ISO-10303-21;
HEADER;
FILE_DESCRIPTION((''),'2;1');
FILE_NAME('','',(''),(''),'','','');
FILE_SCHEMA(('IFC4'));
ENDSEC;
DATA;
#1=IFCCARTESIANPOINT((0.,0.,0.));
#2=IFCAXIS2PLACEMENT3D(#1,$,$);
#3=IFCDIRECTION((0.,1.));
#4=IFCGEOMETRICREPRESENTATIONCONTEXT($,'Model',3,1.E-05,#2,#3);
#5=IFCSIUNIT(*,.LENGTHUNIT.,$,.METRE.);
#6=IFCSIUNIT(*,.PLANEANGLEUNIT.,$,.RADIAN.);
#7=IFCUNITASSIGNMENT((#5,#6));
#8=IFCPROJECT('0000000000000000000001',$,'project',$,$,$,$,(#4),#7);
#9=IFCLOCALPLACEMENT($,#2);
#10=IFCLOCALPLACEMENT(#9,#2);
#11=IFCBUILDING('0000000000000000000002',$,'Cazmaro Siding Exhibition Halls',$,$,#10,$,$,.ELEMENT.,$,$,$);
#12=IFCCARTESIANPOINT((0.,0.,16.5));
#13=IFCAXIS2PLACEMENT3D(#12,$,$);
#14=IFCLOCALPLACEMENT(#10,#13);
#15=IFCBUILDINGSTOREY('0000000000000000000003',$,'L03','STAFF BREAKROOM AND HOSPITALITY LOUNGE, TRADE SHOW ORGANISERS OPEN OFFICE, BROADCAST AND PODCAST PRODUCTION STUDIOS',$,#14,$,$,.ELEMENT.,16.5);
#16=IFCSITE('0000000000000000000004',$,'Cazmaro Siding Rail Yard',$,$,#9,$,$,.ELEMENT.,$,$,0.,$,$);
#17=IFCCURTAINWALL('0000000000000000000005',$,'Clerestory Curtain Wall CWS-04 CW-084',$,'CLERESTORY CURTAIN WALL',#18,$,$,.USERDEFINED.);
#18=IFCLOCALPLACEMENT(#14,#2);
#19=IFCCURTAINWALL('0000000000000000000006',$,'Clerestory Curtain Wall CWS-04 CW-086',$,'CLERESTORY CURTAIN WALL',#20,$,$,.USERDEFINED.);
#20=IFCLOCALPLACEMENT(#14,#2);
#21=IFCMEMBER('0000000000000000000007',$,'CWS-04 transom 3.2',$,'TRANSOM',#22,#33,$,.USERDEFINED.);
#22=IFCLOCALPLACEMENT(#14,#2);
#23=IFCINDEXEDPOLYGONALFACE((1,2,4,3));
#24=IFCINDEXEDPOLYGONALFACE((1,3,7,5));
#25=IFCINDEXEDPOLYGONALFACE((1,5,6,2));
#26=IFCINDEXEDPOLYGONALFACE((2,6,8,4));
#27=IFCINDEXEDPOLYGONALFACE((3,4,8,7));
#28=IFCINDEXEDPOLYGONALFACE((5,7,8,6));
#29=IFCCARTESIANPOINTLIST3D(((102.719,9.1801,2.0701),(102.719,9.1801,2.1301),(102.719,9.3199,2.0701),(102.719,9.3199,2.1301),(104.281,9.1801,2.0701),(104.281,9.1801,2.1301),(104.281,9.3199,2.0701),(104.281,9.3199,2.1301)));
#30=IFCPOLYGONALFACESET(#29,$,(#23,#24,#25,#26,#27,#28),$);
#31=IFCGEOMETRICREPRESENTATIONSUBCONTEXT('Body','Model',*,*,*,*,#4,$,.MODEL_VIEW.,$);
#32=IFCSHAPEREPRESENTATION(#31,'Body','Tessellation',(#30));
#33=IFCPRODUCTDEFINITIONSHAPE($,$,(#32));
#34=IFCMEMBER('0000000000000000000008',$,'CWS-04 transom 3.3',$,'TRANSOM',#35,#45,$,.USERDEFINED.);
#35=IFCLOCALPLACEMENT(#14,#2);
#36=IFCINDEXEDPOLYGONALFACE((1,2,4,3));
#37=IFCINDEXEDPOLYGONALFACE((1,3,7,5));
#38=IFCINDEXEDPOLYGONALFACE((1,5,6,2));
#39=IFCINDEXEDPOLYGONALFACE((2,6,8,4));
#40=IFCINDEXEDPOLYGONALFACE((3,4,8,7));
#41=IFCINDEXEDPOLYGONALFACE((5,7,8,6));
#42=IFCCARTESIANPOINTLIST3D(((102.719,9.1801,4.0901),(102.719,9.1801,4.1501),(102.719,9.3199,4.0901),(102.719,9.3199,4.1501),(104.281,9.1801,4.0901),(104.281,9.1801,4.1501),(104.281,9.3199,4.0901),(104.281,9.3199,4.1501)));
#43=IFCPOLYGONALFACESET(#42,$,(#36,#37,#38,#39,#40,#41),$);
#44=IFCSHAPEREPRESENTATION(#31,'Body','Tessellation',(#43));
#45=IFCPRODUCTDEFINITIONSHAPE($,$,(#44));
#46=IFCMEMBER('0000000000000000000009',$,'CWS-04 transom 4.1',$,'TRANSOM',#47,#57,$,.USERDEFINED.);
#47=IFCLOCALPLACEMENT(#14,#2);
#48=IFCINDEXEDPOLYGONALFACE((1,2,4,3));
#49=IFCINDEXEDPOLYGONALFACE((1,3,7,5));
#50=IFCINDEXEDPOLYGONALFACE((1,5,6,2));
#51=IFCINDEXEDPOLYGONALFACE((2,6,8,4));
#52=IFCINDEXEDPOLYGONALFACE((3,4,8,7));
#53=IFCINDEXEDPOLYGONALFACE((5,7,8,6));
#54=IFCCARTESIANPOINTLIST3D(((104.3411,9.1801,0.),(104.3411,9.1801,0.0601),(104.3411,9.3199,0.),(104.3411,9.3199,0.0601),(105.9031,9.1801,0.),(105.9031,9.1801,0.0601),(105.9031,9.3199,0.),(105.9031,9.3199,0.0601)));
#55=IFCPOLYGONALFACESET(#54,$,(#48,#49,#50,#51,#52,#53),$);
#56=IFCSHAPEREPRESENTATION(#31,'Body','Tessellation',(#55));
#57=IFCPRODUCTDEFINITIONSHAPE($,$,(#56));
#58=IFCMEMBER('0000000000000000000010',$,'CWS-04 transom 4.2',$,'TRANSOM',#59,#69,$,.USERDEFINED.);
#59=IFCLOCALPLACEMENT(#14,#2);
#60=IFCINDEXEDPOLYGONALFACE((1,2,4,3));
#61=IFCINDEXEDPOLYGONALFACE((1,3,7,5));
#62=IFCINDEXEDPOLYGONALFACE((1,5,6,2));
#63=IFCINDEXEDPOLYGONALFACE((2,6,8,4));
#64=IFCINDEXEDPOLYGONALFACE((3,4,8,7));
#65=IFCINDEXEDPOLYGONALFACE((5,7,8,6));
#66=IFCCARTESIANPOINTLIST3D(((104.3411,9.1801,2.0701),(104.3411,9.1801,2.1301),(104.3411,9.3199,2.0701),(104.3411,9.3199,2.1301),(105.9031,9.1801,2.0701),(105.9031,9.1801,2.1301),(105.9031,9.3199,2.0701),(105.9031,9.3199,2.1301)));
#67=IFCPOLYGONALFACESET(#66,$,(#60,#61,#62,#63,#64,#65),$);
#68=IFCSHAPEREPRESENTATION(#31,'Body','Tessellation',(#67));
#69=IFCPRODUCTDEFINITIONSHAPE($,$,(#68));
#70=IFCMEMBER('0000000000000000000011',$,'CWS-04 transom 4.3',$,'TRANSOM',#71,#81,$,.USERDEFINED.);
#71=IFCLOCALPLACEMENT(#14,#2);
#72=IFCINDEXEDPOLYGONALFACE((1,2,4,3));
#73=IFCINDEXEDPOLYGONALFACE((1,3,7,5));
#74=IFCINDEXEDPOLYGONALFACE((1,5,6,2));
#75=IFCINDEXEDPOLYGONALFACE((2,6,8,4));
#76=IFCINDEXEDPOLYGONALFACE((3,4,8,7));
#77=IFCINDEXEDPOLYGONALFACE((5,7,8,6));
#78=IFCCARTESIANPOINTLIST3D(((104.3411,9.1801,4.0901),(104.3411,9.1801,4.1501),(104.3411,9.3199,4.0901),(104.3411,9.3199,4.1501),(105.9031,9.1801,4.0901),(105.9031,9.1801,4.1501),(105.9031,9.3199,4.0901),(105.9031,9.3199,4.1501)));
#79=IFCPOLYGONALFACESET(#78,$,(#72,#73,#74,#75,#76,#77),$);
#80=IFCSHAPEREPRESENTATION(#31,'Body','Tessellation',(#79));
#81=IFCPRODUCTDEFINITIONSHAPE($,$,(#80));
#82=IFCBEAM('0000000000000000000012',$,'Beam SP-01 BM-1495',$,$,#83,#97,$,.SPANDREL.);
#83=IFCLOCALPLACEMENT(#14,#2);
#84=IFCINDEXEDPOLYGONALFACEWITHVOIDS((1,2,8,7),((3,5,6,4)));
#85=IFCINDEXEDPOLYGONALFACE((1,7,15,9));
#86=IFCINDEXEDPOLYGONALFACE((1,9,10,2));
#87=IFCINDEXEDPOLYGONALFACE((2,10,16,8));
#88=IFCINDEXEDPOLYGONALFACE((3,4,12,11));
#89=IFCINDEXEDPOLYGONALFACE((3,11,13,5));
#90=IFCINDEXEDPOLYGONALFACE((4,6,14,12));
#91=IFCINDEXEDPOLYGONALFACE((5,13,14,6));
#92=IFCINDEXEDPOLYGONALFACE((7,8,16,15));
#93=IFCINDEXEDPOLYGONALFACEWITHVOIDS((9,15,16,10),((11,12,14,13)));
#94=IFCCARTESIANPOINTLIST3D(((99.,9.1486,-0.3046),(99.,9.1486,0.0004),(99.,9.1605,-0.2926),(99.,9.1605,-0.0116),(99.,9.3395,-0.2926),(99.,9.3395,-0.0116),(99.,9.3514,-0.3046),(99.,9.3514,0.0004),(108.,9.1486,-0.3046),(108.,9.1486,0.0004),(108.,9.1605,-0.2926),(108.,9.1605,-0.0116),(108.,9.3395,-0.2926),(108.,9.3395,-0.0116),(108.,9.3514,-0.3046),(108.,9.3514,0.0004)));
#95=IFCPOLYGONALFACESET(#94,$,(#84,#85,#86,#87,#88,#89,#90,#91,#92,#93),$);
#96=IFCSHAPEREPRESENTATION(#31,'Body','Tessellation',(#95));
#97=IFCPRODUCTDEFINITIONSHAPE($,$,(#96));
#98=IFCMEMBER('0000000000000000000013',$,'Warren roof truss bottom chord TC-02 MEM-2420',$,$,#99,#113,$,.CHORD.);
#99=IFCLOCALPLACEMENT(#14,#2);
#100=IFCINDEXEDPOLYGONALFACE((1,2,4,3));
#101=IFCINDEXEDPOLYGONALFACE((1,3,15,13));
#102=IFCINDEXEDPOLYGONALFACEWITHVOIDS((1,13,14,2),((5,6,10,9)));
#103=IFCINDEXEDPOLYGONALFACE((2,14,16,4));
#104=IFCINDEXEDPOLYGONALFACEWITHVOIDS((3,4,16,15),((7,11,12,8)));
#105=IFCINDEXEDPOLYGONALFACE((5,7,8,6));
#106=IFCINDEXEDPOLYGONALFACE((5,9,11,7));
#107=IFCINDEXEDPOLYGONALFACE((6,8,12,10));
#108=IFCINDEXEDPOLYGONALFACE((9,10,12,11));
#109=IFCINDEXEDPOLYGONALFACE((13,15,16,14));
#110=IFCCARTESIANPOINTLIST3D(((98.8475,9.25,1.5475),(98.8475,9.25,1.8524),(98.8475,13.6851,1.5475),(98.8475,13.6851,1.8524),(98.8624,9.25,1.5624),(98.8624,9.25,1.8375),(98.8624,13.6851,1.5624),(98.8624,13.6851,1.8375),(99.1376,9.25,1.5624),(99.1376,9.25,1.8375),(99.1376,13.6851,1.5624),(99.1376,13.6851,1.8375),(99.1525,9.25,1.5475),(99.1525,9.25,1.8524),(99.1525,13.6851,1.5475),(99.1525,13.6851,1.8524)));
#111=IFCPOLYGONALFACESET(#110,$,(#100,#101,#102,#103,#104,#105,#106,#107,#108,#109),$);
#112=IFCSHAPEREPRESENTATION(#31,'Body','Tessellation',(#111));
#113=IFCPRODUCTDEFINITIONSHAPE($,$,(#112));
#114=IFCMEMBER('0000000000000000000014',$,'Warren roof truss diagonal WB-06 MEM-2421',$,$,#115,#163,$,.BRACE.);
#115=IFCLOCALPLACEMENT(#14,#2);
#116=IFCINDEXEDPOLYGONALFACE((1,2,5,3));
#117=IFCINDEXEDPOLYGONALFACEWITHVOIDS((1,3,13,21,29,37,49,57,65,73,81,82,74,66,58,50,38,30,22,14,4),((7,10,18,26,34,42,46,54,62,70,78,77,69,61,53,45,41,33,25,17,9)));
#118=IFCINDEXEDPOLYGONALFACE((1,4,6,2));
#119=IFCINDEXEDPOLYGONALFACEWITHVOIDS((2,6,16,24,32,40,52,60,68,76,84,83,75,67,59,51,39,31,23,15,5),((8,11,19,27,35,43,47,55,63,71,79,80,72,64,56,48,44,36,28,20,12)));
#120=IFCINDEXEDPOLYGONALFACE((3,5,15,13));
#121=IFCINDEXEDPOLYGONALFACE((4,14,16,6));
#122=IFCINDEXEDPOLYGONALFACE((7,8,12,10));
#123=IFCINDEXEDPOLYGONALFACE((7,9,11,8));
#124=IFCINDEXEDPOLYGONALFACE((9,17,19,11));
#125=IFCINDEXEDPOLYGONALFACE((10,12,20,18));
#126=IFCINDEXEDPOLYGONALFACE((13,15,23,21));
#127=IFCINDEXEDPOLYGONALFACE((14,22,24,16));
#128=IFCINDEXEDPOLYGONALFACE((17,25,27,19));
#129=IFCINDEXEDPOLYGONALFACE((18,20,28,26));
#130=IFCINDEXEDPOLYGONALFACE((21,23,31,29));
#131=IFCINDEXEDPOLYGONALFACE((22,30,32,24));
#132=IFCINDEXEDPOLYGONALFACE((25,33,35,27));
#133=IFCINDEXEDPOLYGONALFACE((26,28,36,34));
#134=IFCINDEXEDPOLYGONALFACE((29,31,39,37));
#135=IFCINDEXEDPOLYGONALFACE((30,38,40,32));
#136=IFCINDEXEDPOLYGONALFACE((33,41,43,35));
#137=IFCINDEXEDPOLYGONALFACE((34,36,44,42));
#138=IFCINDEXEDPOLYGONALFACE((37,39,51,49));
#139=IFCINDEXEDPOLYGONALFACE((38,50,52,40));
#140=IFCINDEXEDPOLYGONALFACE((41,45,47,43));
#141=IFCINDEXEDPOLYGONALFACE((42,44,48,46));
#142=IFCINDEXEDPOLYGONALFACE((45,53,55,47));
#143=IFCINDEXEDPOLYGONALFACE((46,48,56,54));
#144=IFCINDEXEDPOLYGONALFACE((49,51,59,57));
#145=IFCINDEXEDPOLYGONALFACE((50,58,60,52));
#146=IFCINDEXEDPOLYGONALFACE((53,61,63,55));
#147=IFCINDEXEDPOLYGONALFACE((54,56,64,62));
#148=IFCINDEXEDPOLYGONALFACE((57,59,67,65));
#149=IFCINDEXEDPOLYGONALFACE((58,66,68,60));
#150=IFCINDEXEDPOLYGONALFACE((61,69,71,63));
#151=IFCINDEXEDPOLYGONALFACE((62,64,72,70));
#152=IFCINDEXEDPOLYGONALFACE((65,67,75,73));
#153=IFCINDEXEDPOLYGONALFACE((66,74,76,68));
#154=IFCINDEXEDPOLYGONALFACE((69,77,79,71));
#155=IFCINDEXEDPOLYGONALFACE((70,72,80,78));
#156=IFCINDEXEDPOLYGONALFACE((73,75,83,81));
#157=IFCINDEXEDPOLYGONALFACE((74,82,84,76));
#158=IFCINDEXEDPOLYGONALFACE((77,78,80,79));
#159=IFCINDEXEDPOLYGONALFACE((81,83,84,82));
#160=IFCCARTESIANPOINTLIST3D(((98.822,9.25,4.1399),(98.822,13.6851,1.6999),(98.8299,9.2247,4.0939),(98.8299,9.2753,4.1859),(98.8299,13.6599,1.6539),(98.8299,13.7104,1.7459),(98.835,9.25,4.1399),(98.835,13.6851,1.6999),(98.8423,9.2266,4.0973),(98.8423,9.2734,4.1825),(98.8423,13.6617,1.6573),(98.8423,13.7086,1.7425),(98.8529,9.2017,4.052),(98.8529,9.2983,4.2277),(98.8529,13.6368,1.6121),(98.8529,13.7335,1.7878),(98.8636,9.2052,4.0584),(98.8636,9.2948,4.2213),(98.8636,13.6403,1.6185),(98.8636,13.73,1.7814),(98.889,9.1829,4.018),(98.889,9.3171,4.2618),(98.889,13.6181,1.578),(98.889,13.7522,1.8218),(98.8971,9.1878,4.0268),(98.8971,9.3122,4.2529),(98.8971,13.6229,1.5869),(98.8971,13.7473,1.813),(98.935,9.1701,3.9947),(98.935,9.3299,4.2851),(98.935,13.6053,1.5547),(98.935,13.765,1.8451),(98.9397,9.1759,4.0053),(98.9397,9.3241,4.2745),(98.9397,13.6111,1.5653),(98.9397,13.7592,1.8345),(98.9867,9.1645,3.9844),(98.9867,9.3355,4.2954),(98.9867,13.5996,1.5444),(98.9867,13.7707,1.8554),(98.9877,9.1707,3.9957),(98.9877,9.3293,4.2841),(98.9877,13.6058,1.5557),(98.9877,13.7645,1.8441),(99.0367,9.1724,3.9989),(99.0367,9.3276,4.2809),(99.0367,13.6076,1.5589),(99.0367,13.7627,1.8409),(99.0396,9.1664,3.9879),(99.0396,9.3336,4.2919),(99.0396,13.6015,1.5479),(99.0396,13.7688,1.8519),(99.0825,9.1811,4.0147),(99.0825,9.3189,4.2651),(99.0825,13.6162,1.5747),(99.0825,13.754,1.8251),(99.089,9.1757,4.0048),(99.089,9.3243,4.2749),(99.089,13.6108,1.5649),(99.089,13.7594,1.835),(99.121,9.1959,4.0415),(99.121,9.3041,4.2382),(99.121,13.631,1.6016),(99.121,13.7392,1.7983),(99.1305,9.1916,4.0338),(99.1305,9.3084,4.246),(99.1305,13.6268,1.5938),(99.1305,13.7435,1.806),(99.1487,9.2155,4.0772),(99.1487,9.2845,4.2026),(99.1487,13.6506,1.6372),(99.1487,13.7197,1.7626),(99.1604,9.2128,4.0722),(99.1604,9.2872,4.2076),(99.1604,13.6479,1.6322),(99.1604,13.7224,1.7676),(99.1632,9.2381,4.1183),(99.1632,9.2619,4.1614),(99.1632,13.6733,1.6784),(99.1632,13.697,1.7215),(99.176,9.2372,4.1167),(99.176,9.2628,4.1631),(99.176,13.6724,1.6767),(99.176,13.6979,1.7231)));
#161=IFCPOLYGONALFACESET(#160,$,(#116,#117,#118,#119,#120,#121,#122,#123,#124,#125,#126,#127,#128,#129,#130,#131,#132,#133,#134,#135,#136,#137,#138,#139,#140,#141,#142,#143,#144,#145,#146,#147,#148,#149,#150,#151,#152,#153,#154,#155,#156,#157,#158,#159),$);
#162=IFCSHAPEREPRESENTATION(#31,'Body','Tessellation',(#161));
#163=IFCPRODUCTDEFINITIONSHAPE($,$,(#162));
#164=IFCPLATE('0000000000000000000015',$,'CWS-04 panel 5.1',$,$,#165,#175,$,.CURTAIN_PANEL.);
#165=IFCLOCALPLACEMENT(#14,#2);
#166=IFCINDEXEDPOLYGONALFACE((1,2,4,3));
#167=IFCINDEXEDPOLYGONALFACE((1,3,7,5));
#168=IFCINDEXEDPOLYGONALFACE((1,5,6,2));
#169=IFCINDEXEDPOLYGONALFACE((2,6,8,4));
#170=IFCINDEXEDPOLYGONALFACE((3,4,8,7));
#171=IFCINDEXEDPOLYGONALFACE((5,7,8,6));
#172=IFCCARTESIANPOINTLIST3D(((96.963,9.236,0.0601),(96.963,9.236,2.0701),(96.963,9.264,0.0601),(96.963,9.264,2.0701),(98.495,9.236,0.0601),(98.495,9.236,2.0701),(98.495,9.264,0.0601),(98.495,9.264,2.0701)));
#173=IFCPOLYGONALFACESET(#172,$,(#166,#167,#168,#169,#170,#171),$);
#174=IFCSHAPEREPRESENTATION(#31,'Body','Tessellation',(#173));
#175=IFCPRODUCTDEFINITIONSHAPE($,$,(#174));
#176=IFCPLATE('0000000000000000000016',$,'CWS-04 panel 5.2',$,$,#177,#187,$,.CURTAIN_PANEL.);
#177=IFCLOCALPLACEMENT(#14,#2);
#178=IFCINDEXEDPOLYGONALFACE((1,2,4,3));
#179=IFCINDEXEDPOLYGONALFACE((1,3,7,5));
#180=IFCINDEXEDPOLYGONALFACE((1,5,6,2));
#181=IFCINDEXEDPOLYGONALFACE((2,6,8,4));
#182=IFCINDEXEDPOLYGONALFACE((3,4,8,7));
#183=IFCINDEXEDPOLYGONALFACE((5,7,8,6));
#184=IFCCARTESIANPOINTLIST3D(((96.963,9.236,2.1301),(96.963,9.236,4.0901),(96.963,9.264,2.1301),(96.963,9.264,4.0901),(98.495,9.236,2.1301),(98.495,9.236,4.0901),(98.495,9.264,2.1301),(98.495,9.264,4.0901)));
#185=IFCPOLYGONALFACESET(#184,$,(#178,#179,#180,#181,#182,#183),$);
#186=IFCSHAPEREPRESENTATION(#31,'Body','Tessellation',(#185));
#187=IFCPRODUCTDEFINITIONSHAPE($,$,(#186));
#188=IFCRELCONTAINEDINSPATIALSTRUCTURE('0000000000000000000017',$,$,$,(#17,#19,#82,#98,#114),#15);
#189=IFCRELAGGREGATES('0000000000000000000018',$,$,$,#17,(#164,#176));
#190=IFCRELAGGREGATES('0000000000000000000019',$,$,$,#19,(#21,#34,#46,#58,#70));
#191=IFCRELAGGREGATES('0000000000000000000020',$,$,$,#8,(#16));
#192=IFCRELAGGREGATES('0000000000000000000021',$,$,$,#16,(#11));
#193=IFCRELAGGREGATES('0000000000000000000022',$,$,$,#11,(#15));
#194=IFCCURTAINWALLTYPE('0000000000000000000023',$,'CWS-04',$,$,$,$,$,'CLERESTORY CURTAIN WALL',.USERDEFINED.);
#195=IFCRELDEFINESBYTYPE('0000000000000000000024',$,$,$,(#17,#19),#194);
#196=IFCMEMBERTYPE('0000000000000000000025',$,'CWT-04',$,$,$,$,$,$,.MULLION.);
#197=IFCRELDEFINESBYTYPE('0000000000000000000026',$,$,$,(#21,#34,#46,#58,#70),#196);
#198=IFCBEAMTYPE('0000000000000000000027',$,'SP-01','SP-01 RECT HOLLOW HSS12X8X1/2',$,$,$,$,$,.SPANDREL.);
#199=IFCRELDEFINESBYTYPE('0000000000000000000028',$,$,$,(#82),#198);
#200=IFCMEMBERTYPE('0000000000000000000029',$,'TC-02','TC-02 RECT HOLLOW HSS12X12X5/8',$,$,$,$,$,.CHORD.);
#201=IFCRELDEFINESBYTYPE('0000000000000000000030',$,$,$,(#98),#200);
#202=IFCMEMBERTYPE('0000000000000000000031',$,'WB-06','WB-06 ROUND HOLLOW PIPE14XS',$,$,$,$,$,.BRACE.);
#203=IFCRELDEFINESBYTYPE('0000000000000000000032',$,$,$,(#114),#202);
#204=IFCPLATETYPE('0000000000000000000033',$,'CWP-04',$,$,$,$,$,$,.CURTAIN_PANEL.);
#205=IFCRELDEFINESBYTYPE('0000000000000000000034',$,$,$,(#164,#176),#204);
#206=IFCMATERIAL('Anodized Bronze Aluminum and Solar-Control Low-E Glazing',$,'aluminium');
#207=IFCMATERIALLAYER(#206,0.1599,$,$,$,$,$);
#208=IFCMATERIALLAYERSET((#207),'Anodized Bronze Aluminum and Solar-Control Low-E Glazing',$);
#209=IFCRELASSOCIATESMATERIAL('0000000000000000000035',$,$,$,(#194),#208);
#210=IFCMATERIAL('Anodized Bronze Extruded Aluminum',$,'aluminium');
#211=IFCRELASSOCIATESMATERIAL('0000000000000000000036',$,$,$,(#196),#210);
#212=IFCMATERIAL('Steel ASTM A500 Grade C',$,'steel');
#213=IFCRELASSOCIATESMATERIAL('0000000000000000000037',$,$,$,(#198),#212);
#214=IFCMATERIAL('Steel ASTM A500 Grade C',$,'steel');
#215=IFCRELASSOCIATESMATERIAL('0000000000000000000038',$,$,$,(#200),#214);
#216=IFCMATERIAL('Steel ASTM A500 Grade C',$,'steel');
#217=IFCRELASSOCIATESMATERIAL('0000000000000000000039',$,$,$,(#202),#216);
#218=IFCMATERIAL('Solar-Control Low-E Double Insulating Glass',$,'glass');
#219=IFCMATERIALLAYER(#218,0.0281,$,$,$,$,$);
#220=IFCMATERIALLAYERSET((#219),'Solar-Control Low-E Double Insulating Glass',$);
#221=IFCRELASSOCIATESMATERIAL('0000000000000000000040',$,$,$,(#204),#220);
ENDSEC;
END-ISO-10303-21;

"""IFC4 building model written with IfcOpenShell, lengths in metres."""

from ifc_helpers import new_model, si_unit, direction, frame, origin, origin_2d, place, context, subcontext, project, spatial, rectangle, hollow_rectangle, hollow_circle, extrude, material, layer, layer_set, material_profile, profile_set, type_object, element, aggregate, save


model = new_model("IFC4")

# Units and contexts
model_context = context("Model", 3, precision=1e-05, world=origin(), true_north=direction((0.0, 1.0)))
body_context = subcontext(model_context, "Body", "Model", "MODEL_VIEW")
ifc_project = project(units=[si_unit("LENGTHUNIT", "METRE"), si_unit("PLANEANGLEUNIT", "RADIAN")], contexts=[model_context])

# Site, building, storey
site_placement = place(None, origin())
site = spatial("IfcSite", under=ifc_project, at=site_placement, Name="Cazmaro Siding Rail Yard", CompositionType="ELEMENT", RefElevation=0.0)
building_placement = place(site_placement, origin())
building = spatial("IfcBuilding", under=site, at=building_placement, Name="Cazmaro Siding Exhibition Halls", CompositionType="ELEMENT")
storey_placement = place(building_placement, frame((0.0, 0.0, 16.5)))
storey = spatial("IfcBuildingStorey", under=building, at=storey_placement, Name="L03", Description="STAFF BREAKROOM AND HOSPITALITY LOUNGE, TRADE SHOW ORGANISERS OPEN OFFICE, BROADCAST AND PODCAST PRODUCTION STUDIOS", CompositionType="ELEMENT", Elevation=16.5)

# Curtain wall
ifc_material_1 = material(Name="Anodized Bronze Aluminum and Solar-Control Low-E Glazing", Category="aluminium")
ifc_layer_1 = layer(ifc_material_1, 0.1599)
ifc_layer_set_1 = layer_set([ifc_layer_1], Name="Anodized Bronze Aluminum and Solar-Control Low-E Glazing")
curtain_wall_type = type_object("IfcCurtainWallType", Name="CWS-04", ElementType="CLERESTORY CURTAIN WALL", PredefinedType="USERDEFINED", material=ifc_layer_set_1)
curtain_wall_1_placement = place(storey_placement, origin())
curtain_wall_1 = element("IfcCurtainWall", 1, at=curtain_wall_1_placement, inside=storey, type_object=curtain_wall_type, Name="Clerestory Curtain Wall CWS-04 CW-084", ObjectType="CLERESTORY CURTAIN WALL", PredefinedType="USERDEFINED")

# Curtain wall
curtain_wall_2_placement = place(storey_placement, origin())
curtain_wall_2 = element("IfcCurtainWall", 2, at=curtain_wall_2_placement, inside=storey, type_object=curtain_wall_type, Name="Clerestory Curtain Wall CWS-04 CW-086", ObjectType="CLERESTORY CURTAIN WALL", PredefinedType="USERDEFINED")

# Members
ifc_material_2 = material(Name="Anodized Bronze Extruded Aluminum", Category="aluminium")
ifc_material_profile_1 = material_profile(ifc_material_2, rectangle(XDim=0.1399, YDim=0.0601, at=origin_2d()), Name="CWT-04")
ifc_profile_set_1 = profile_set([ifc_material_profile_1], Name="Anodized Bronze Extruded Aluminum")
member_type_1 = type_object("IfcMemberType", Name="CWT-04", PredefinedType="MULLION", material=ifc_profile_set_1)
member_1_placement = place(storey_placement, frame((102.719, 9.25, 2.1001), z_axis=(1.0, 0.0, 0.0), x_axis=(0.0, 1.0, 0.0)))
member_1 = element("IfcMember", 3, at=member_1_placement, type_object=member_type_1, Name="CWS-04 transom 3.2", ObjectType="TRANSOM", PredefinedType="USERDEFINED", context=body_context, shape_type="SweptSolid", body=[
    extrude(rectangle(XDim=0.1399, YDim=0.0601, at=origin_2d()), origin(), (0.0, 0.0, 1.0), 1.562),
])
member_2_placement = place(storey_placement, frame((102.719, 9.25, 4.1201), z_axis=(1.0, 0.0, 0.0), x_axis=(0.0, 1.0, 0.0)))
member_2 = element("IfcMember", 4, at=member_2_placement, type_object=member_type_1, Name="CWS-04 transom 3.3", ObjectType="TRANSOM", PredefinedType="USERDEFINED", context=body_context, shape_type="SweptSolid", body=[
    extrude(rectangle(XDim=0.1399, YDim=0.0601, at=origin_2d()), origin(), (0.0, 0.0, 1.0), 1.562),
])
member_3_placement = place(storey_placement, frame((104.3411, 9.25, 0.03), z_axis=(1.0, 0.0, 0.0), x_axis=(0.0, 1.0, 0.0)))
member_3 = element("IfcMember", 5, at=member_3_placement, type_object=member_type_1, Name="CWS-04 transom 4.1", ObjectType="TRANSOM", PredefinedType="USERDEFINED", context=body_context, shape_type="SweptSolid", body=[
    extrude(rectangle(XDim=0.1399, YDim=0.0601, at=origin_2d()), origin(), (0.0, 0.0, 1.0), 1.562),
])
member_4_placement = place(storey_placement, frame((104.3411, 9.25, 2.1001), z_axis=(1.0, 0.0, 0.0), x_axis=(0.0, 1.0, 0.0)))
member_4 = element("IfcMember", 6, at=member_4_placement, type_object=member_type_1, Name="CWS-04 transom 4.2", ObjectType="TRANSOM", PredefinedType="USERDEFINED", context=body_context, shape_type="SweptSolid", body=[
    extrude(rectangle(XDim=0.1399, YDim=0.0601, at=origin_2d()), origin(), (0.0, 0.0, 1.0), 1.562),
])
member_5_placement = place(storey_placement, frame((104.3411, 9.25, 4.1201), z_axis=(1.0, 0.0, 0.0), x_axis=(0.0, 1.0, 0.0)))
member_5 = element("IfcMember", 7, at=member_5_placement, type_object=member_type_1, Name="CWS-04 transom 4.3", ObjectType="TRANSOM", PredefinedType="USERDEFINED", context=body_context, shape_type="SweptSolid", body=[
    extrude(rectangle(XDim=0.1399, YDim=0.0601, at=origin_2d()), origin(), (0.0, 0.0, 1.0), 1.562),
])

# Beam
ifc_material_3 = material(Name="Steel ASTM A500 Grade C", Category="steel")
ifc_material_profile_2 = material_profile(ifc_material_3, hollow_rectangle(XDim=0.2029, YDim=0.3049, WallThickness=0.012, at=origin_2d()), Name="HSS12X8X1/2")
ifc_profile_set_2 = profile_set([ifc_material_profile_2], Name="Steel ASTM A500 Grade C")
beam_type = type_object("IfcBeamType", Name="SP-01", Description="SP-01 RECT HOLLOW HSS12X8X1/2", PredefinedType="SPANDREL", material=ifc_profile_set_2)
beam_placement = place(storey_placement, frame((99.0, 9.25, -0.1521), z_axis=(1.0, 0.0, 0.0), x_axis=(0.0, 1.0, 0.0)))
element("IfcBeam", 8, at=beam_placement, inside=storey, type_object=beam_type, Name="Beam SP-01 BM-1495", PredefinedType="SPANDREL", context=body_context, shape_type="SweptSolid", body=[
    extrude(hollow_rectangle(XDim=0.2029, YDim=0.3049, WallThickness=0.012, at=origin_2d()), origin(), (0.0, 0.0, 1.0), 9.0),
])

# Members
ifc_material_4 = material(Name="Steel ASTM A500 Grade C", Category="steel")
ifc_material_profile_3 = material_profile(ifc_material_4, hollow_rectangle(XDim=0.3049, YDim=0.3049, WallThickness=0.0149, at=origin_2d()), Name="HSS12X12X5/8")
ifc_profile_set_3 = profile_set([ifc_material_profile_3], Name="Steel ASTM A500 Grade C")
member_type_2 = type_object("IfcMemberType", Name="TC-02", Description="TC-02 RECT HOLLOW HSS12X12X5/8", PredefinedType="CHORD", material=ifc_profile_set_3)
member_6_placement = place(storey_placement, frame((99.0, 9.25, 1.7), z_axis=(0.0, 1.0, 0.0), x_axis=(-1.0, 0.0, 0.0)))
element("IfcMember", 9, at=member_6_placement, inside=storey, type_object=member_type_2, Name="Warren roof truss bottom chord TC-02 MEM-2420", PredefinedType="CHORD", context=body_context, shape_type="SweptSolid", body=[
    extrude(hollow_rectangle(XDim=0.3049, YDim=0.3049, WallThickness=0.0149, at=origin_2d()), origin(), (0.0, 0.0, 1.0), 4.4351),
])
ifc_material_5 = material(Name="Steel ASTM A500 Grade C", Category="steel")
ifc_material_profile_4 = material_profile(ifc_material_5, hollow_circle(Radius=0.178, WallThickness=0.0129, at=origin_2d()), Name="PIPE14XS")
ifc_profile_set_4 = profile_set([ifc_material_profile_4], Name="Steel ASTM A500 Grade C")
member_type_3 = type_object("IfcMemberType", Name="WB-06", Description="WB-06 ROUND HOLLOW PIPE14XS", PredefinedType="BRACE", material=ifc_profile_set_4)
member_7_placement = place(storey_placement, frame((99.0, 9.25, 4.1399), z_axis=(0.0, 0.876161, -0.482019), x_axis=(-1.0, 0.0, 0.0)))
element("IfcMember", 10, at=member_7_placement, inside=storey, type_object=member_type_3, Name="Warren roof truss diagonal WB-06 MEM-2421", PredefinedType="BRACE", context=body_context, shape_type="SweptSolid", body=[
    extrude(hollow_circle(Radius=0.178, WallThickness=0.0129, at=origin_2d()), origin(), (0.0, 0.0, 1.0), 5.062),
])

# Plates
ifc_material_6 = material(Name="Solar-Control Low-E Double Insulating Glass", Category="glass")
ifc_layer_2 = layer(ifc_material_6, 0.0281)
ifc_layer_set_2 = layer_set([ifc_layer_2], Name="Solar-Control Low-E Double Insulating Glass")
plate_type = type_object("IfcPlateType", Name="CWP-04", PredefinedType="CURTAIN_PANEL", material=ifc_layer_set_2)
plate_1_placement = place(storey_placement, frame((97.729, 9.25, 0.0601), z_axis=(0.0, 0.0, 1.0), x_axis=(1.0, 0.0, 0.0)))
plate_1 = element("IfcPlate", 11, at=plate_1_placement, type_object=plate_type, Name="CWS-04 panel 5.1", PredefinedType="CURTAIN_PANEL", context=body_context, shape_type="SweptSolid", body=[
    extrude(rectangle(XDim=1.532, YDim=0.0281, at=origin_2d()), origin(), (0.0, 0.0, 1.0), 2.01),
])
plate_2_placement = place(storey_placement, frame((97.729, 9.25, 2.1301), z_axis=(0.0, 0.0, 1.0), x_axis=(1.0, 0.0, 0.0)))
plate_2 = element("IfcPlate", 12, at=plate_2_placement, type_object=plate_type, Name="CWS-04 panel 5.2", PredefinedType="CURTAIN_PANEL", context=body_context, shape_type="SweptSolid", body=[
    extrude(rectangle(XDim=1.532, YDim=0.0281, at=origin_2d()), origin(), (0.0, 0.0, 1.0), 1.96),
])
aggregate(curtain_wall_1, [plate_1, plate_2])
aggregate(curtain_wall_2, [member_1, member_2, member_3, member_4, member_5])

save(model, "model.ifc")
